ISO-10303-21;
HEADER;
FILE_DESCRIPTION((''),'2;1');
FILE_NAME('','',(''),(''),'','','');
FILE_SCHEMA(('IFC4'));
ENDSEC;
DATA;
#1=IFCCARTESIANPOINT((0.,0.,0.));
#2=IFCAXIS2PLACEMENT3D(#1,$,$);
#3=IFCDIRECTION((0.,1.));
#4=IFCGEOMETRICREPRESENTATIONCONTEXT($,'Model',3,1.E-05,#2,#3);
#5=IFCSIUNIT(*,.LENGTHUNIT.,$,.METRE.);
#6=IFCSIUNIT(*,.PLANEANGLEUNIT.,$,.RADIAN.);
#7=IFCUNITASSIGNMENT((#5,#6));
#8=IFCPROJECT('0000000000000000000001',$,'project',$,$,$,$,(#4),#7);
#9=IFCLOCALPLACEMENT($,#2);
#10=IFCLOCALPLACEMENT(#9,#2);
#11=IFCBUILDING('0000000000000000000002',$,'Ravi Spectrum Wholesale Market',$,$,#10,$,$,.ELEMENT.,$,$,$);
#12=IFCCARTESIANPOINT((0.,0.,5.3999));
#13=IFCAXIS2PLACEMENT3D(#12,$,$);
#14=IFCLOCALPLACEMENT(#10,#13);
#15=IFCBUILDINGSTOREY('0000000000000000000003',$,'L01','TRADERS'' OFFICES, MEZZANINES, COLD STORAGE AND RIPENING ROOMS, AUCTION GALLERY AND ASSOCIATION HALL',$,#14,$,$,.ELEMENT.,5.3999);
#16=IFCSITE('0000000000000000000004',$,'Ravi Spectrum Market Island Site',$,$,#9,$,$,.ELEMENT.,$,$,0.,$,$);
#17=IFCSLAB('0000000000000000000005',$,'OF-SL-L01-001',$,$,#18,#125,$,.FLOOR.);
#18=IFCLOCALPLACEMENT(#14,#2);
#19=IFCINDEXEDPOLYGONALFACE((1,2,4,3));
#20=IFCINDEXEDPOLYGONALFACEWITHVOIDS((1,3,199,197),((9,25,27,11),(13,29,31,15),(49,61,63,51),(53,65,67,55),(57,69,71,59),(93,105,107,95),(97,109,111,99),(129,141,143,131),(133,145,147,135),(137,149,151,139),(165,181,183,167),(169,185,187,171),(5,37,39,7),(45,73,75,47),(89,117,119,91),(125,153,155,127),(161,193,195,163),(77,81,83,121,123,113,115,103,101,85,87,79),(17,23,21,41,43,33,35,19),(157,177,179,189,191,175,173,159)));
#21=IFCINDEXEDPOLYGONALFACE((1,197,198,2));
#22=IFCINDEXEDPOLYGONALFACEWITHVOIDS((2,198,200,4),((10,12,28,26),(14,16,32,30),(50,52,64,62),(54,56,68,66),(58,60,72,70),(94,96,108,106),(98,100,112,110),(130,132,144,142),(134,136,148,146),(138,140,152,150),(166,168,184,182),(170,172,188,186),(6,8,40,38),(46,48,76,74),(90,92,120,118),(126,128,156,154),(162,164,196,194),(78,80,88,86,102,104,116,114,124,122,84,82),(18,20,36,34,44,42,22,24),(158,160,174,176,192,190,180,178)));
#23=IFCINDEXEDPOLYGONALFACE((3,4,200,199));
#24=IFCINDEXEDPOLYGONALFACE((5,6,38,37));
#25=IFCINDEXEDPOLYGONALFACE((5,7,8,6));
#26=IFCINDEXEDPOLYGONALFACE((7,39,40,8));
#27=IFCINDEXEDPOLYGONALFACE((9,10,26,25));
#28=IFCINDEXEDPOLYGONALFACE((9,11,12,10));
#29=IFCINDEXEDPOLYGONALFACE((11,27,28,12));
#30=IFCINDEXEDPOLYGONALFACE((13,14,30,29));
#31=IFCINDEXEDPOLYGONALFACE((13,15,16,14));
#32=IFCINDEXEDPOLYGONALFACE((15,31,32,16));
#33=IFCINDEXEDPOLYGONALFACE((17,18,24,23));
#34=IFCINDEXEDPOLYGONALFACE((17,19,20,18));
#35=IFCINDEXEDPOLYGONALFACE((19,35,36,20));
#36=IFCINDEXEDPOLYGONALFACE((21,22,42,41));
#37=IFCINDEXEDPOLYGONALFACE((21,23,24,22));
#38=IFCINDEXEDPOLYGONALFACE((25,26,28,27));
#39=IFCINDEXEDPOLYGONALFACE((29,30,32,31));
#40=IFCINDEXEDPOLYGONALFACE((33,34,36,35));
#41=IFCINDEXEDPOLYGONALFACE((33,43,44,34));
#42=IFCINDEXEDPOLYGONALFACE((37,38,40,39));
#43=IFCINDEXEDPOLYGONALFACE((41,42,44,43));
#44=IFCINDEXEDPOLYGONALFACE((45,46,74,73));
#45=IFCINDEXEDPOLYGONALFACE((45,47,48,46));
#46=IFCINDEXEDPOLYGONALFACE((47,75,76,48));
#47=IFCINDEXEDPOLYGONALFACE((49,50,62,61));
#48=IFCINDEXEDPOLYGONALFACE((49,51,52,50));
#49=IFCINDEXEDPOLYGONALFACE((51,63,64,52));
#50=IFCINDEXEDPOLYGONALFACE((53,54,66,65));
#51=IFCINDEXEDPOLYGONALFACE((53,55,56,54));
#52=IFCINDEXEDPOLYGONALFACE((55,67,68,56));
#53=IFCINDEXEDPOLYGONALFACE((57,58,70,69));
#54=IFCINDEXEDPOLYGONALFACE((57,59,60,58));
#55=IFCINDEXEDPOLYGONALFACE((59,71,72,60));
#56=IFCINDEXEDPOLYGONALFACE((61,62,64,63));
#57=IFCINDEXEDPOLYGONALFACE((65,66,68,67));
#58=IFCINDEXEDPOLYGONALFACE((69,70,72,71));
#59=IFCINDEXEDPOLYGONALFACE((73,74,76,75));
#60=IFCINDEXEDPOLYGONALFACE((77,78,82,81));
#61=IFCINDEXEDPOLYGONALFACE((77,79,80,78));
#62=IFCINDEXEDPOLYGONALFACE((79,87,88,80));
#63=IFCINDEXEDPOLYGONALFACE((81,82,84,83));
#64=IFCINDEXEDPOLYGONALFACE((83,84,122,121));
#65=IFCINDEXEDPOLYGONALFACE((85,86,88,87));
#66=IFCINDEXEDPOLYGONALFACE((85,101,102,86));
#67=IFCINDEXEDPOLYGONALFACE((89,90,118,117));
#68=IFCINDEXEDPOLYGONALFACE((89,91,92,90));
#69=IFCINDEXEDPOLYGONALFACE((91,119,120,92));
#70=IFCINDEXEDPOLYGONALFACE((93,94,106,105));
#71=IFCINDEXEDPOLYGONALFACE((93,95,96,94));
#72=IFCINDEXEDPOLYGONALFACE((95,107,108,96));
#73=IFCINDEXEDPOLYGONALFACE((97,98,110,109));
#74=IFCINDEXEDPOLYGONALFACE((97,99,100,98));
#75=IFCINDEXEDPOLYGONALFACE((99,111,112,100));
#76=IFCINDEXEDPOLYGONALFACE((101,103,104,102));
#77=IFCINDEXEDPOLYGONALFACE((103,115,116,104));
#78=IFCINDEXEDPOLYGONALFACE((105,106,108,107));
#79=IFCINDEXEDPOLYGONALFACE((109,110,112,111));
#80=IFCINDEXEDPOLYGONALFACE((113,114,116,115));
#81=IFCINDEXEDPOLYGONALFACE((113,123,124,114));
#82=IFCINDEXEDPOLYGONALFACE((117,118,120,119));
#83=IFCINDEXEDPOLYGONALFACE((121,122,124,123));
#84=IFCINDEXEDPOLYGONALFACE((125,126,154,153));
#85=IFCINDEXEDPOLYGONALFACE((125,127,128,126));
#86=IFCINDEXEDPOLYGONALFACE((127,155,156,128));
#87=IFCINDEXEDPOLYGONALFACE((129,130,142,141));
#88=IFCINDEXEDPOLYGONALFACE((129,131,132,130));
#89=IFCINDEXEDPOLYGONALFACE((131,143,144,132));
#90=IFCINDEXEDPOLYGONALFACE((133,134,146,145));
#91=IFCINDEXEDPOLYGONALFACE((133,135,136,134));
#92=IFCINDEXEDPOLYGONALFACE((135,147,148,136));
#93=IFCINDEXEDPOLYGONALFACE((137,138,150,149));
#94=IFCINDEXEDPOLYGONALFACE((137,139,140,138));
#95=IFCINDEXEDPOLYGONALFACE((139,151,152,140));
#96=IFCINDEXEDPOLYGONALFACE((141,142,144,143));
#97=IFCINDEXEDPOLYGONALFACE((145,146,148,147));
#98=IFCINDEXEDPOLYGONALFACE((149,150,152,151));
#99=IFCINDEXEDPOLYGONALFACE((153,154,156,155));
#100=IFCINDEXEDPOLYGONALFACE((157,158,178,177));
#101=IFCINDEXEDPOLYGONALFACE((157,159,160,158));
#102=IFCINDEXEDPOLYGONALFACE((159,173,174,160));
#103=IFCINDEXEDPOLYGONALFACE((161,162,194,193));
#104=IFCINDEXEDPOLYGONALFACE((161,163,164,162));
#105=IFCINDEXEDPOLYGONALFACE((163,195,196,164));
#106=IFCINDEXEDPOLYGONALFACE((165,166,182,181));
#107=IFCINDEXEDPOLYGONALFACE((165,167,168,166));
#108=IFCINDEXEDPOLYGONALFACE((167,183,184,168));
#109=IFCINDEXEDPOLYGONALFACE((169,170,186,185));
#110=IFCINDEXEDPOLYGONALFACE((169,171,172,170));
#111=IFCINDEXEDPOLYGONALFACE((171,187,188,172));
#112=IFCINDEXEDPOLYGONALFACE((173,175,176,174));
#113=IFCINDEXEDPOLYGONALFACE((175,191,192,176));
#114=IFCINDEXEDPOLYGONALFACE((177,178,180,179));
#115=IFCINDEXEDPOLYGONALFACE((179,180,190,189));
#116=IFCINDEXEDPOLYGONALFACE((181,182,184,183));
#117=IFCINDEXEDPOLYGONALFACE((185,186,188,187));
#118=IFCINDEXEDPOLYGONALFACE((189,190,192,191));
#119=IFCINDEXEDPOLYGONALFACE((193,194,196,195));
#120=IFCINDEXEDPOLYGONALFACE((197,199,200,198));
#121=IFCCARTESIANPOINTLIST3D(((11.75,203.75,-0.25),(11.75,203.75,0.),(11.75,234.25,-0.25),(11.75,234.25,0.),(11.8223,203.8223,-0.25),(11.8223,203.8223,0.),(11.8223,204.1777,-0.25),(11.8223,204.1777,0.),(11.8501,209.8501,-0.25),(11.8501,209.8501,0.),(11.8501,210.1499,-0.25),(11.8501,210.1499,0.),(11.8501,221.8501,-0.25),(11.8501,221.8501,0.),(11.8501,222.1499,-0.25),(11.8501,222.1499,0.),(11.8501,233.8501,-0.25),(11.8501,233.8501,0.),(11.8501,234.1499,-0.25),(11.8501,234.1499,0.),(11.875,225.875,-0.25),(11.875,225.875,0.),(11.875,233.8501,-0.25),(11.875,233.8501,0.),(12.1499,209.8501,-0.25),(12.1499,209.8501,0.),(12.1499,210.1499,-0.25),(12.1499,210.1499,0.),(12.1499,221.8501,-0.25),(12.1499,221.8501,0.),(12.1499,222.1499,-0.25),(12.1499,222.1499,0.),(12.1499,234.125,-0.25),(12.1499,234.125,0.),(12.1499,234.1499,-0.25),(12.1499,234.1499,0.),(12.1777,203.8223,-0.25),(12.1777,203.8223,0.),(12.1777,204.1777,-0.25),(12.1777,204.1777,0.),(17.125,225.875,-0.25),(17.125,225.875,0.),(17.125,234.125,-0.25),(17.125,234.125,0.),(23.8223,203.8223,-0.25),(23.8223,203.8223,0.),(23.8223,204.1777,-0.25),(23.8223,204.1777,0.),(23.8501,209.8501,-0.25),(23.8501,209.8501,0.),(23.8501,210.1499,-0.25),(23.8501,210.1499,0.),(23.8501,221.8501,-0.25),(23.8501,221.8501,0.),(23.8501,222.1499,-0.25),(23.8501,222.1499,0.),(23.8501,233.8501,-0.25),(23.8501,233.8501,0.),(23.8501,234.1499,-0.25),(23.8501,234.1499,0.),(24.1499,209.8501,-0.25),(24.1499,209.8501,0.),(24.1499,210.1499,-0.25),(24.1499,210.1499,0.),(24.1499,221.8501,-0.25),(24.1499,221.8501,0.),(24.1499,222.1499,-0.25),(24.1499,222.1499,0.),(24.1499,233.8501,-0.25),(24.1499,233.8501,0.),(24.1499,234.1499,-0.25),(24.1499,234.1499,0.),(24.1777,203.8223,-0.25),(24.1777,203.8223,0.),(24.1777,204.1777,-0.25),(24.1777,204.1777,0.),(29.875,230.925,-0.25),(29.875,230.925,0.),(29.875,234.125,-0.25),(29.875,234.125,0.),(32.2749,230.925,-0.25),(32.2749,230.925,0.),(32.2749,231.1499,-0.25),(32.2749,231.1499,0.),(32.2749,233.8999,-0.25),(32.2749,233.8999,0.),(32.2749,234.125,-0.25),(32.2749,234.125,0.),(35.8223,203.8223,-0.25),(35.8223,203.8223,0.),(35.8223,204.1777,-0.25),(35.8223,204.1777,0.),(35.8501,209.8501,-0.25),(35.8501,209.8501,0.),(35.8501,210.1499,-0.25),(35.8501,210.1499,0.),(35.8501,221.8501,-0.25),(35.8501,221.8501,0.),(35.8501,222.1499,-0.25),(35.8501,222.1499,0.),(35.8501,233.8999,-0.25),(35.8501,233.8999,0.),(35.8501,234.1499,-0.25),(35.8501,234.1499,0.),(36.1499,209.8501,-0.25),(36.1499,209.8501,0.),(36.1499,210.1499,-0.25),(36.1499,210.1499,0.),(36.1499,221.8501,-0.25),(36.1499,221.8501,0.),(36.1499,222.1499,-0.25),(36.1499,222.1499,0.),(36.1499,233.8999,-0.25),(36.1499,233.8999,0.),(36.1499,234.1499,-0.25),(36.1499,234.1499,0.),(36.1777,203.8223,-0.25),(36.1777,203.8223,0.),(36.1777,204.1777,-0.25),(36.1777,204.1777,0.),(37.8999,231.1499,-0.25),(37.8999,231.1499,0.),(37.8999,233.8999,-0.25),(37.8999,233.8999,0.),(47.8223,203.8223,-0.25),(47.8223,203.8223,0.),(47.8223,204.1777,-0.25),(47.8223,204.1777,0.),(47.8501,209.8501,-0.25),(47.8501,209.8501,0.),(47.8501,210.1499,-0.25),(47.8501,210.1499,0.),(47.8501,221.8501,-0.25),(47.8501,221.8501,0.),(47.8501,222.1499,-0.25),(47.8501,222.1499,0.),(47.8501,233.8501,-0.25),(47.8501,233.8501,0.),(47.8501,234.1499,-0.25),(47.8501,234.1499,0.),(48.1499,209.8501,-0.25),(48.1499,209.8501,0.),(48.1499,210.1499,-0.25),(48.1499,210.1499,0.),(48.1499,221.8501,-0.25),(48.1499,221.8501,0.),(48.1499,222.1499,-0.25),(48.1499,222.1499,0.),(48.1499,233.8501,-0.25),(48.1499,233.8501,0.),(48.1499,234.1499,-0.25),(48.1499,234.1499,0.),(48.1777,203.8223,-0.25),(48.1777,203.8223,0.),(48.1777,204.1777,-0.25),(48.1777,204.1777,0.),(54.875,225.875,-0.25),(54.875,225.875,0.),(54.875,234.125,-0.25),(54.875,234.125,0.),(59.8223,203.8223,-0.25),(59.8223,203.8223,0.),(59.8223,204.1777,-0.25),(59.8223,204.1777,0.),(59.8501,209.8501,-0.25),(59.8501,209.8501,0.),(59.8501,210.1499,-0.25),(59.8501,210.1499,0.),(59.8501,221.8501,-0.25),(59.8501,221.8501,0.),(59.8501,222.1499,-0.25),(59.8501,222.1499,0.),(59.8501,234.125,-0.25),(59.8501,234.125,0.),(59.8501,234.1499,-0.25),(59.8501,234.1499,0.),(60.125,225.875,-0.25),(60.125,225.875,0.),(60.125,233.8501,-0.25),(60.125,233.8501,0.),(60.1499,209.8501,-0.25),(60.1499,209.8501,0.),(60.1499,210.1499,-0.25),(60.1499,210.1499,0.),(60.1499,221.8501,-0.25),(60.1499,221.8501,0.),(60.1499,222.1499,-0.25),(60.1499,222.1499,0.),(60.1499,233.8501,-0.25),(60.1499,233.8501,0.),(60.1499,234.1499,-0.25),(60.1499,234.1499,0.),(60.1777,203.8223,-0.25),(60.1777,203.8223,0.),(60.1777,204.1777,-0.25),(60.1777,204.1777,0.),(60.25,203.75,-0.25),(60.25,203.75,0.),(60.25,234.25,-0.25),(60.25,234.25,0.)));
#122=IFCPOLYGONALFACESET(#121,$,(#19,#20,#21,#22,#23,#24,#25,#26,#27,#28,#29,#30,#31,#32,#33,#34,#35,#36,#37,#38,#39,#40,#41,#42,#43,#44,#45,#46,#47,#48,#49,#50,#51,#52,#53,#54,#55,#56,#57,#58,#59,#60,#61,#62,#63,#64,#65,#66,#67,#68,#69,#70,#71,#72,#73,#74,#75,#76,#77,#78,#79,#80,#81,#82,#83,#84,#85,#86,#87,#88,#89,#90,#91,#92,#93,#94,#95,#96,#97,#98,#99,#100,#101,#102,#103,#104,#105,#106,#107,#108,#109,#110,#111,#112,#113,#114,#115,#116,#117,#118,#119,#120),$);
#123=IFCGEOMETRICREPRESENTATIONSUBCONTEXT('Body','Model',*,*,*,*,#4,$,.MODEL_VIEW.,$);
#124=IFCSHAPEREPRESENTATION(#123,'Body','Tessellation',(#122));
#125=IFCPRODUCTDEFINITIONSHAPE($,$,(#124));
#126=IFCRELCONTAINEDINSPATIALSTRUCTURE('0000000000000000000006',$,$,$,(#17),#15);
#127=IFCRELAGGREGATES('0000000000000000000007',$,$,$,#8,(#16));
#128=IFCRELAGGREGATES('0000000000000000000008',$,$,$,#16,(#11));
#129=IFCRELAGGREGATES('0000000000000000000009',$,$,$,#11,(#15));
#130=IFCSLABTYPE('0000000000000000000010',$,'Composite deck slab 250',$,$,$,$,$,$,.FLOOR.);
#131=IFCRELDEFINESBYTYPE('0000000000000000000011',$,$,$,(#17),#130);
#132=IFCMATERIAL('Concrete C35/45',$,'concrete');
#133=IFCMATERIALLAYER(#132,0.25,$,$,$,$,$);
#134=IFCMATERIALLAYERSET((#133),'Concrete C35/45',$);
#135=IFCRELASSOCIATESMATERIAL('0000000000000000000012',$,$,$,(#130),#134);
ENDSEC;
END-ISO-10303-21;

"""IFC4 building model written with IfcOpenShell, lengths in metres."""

from ifc_helpers import new_model, si_unit, direction, frame, origin, place, context, subcontext, project, spatial, polyline, outline, extrude, material, layer, layer_set, type_object, element, save


model = new_model("IFC4")

# Units and contexts
model_context = context("Model", 3, precision=1e-05, world=origin(), true_north=direction((0.0, 1.0)))
body_context = subcontext(model_context, "Body", "Model", "MODEL_VIEW")
ifc_project = project(units=[si_unit("LENGTHUNIT", "METRE"), si_unit("PLANEANGLEUNIT", "RADIAN")], contexts=[model_context])

# Site, building, storey
site_placement = place(None, origin())
site = spatial("IfcSite", under=ifc_project, at=site_placement, Name="Ravi Spectrum Market Island Site", CompositionType="ELEMENT", RefElevation=0.0)
building_placement = place(site_placement, origin())
building = spatial("IfcBuilding", under=site, at=building_placement, Name="Ravi Spectrum Wholesale Market", CompositionType="ELEMENT")
storey_placement = place(building_placement, frame((0.0, 0.0, 5.3999)))
storey = spatial("IfcBuildingStorey", under=building, at=storey_placement, Name="L01", Description="TRADERS' OFFICES, MEZZANINES, COLD STORAGE AND RIPENING ROOMS, AUCTION GALLERY AND ASSOCIATION HALL", CompositionType="ELEMENT", Elevation=5.3999)

# Slab
ifc_material_1 = material(Name="Concrete C35/45", Category="concrete")
ifc_layer_1 = layer(ifc_material_1, 0.25)
ifc_layer_set_1 = layer_set([ifc_layer_1], Name="Concrete C35/45")
slab_type_1 = type_object("IfcSlabType", Name="Composite deck slab 250", PredefinedType="FLOOR", material=ifc_layer_set_1)
slab_1_placement = place(storey_placement, frame((0.0, 0.0, -0.25)))
element("IfcSlab", 1, at=slab_1_placement, inside=storey, type_object=slab_type_1, Name="OF-SL-L01-001", PredefinedType="FLOOR", context=body_context, shape_type="SweptSolid", body=[
    extrude(outline(polyline([(11.75, 203.75), (11.75, 234.25), (60.25, 234.25), (60.25, 203.75), (11.75, 203.75)]), holes=[polyline([(12.1777, 203.8223), (12.1777, 204.1777), (11.8223, 204.1777), (11.8223, 203.8223), (12.1777, 203.8223)]), polyline([(23.8223, 203.8223), (24.1777, 203.8223), (24.1777, 204.1777), (23.8223, 204.1777), (23.8223, 203.8223)]), polyline([(35.8223, 203.8223), (36.1777, 203.8223), (36.1777, 204.1777), (35.8223, 204.1777), (35.8223, 203.8223)]), polyline([(12.1499, 209.8501), (12.1499, 210.1499), (11.8501, 210.1499), (11.8501, 209.8501), (12.1499, 209.8501)]), polyline([(23.8501, 209.8501), (24.1499, 209.8501), (24.1499, 210.1499), (23.8501, 210.1499), (23.8501, 209.8501)]), polyline([(11.8501, 221.8501), (12.1499, 221.8501), (12.1499, 222.1499), (11.8501, 222.1499), (11.8501, 221.8501)]), polyline([(24.1499, 221.8501), (24.1499, 222.1499), (23.8501, 222.1499), (23.8501, 221.8501), (24.1499, 221.8501)]), polyline([(11.875, 225.875), (17.125, 225.875), (17.125, 234.125), (12.1499, 234.125), (12.1499, 234.1499), (11.8501, 234.1499), (11.8501, 233.8501), (11.875, 233.8501), (11.875, 225.875)]), polyline([(37.8999, 233.8999), (36.1499, 233.8999), (36.1499, 234.1499), (35.8501, 234.1499), (35.8501, 233.8999), (32.2749, 233.8999), (32.2749, 234.125), (29.875, 234.125), (29.875, 230.925), (32.2749, 230.925), (32.2749, 231.1499), (37.8999, 231.1499), (37.8999, 233.8999)]), polyline([(23.8501, 233.8501), (24.1499, 233.8501), (24.1499, 234.1499), (23.8501, 234.1499), (23.8501, 233.8501)]), polyline([(48.1777, 203.8223), (48.1777, 204.1777), (47.8223, 204.1777), (47.8223, 203.8223), (48.1777, 203.8223)]), polyline([(59.8223, 203.8223), (60.1777, 203.8223), (60.1777, 204.1777), (59.8223, 204.1777), (59.8223, 203.8223)]), polyline([(35.8501, 209.8501), (36.1499, 209.8501), (36.1499, 210.1499), (35.8501, 210.1499), (35.8501, 209.8501)]), polyline([(48.1499, 209.8501), (48.1499, 210.1499), (47.8501, 210.1499), (47.8501, 209.8501), (48.1499, 209.8501)]), polyline([(59.8501, 209.8501), (60.1499, 209.8501), (60.1499, 210.1499), (59.8501, 210.1499), (59.8501, 209.8501)]), polyline([(35.8501, 221.8501), (36.1499, 221.8501), (36.1499, 222.1499), (35.8501, 222.1499), (35.8501, 221.8501)]), polyline([(48.1499, 221.8501), (48.1499, 222.1499), (47.8501, 222.1499), (47.8501, 221.8501), (48.1499, 221.8501)]), polyline([(59.8501, 221.8501), (60.1499, 221.8501), (60.1499, 222.1499), (59.8501, 222.1499), (59.8501, 221.8501)]), polyline([(54.875, 225.875), (60.125, 225.875), (60.125, 233.8501), (60.1499, 233.8501), (60.1499, 234.1499), (59.8501, 234.1499), (59.8501, 234.125), (54.875, 234.125), (54.875, 225.875)]), polyline([(47.8501, 233.8501), (48.1499, 233.8501), (48.1499, 234.1499), (47.8501, 234.1499), (47.8501, 233.8501)])]), origin(), (0.0, 0.0, 1.0), 0.25),
])

save(model, "model.ifc")
